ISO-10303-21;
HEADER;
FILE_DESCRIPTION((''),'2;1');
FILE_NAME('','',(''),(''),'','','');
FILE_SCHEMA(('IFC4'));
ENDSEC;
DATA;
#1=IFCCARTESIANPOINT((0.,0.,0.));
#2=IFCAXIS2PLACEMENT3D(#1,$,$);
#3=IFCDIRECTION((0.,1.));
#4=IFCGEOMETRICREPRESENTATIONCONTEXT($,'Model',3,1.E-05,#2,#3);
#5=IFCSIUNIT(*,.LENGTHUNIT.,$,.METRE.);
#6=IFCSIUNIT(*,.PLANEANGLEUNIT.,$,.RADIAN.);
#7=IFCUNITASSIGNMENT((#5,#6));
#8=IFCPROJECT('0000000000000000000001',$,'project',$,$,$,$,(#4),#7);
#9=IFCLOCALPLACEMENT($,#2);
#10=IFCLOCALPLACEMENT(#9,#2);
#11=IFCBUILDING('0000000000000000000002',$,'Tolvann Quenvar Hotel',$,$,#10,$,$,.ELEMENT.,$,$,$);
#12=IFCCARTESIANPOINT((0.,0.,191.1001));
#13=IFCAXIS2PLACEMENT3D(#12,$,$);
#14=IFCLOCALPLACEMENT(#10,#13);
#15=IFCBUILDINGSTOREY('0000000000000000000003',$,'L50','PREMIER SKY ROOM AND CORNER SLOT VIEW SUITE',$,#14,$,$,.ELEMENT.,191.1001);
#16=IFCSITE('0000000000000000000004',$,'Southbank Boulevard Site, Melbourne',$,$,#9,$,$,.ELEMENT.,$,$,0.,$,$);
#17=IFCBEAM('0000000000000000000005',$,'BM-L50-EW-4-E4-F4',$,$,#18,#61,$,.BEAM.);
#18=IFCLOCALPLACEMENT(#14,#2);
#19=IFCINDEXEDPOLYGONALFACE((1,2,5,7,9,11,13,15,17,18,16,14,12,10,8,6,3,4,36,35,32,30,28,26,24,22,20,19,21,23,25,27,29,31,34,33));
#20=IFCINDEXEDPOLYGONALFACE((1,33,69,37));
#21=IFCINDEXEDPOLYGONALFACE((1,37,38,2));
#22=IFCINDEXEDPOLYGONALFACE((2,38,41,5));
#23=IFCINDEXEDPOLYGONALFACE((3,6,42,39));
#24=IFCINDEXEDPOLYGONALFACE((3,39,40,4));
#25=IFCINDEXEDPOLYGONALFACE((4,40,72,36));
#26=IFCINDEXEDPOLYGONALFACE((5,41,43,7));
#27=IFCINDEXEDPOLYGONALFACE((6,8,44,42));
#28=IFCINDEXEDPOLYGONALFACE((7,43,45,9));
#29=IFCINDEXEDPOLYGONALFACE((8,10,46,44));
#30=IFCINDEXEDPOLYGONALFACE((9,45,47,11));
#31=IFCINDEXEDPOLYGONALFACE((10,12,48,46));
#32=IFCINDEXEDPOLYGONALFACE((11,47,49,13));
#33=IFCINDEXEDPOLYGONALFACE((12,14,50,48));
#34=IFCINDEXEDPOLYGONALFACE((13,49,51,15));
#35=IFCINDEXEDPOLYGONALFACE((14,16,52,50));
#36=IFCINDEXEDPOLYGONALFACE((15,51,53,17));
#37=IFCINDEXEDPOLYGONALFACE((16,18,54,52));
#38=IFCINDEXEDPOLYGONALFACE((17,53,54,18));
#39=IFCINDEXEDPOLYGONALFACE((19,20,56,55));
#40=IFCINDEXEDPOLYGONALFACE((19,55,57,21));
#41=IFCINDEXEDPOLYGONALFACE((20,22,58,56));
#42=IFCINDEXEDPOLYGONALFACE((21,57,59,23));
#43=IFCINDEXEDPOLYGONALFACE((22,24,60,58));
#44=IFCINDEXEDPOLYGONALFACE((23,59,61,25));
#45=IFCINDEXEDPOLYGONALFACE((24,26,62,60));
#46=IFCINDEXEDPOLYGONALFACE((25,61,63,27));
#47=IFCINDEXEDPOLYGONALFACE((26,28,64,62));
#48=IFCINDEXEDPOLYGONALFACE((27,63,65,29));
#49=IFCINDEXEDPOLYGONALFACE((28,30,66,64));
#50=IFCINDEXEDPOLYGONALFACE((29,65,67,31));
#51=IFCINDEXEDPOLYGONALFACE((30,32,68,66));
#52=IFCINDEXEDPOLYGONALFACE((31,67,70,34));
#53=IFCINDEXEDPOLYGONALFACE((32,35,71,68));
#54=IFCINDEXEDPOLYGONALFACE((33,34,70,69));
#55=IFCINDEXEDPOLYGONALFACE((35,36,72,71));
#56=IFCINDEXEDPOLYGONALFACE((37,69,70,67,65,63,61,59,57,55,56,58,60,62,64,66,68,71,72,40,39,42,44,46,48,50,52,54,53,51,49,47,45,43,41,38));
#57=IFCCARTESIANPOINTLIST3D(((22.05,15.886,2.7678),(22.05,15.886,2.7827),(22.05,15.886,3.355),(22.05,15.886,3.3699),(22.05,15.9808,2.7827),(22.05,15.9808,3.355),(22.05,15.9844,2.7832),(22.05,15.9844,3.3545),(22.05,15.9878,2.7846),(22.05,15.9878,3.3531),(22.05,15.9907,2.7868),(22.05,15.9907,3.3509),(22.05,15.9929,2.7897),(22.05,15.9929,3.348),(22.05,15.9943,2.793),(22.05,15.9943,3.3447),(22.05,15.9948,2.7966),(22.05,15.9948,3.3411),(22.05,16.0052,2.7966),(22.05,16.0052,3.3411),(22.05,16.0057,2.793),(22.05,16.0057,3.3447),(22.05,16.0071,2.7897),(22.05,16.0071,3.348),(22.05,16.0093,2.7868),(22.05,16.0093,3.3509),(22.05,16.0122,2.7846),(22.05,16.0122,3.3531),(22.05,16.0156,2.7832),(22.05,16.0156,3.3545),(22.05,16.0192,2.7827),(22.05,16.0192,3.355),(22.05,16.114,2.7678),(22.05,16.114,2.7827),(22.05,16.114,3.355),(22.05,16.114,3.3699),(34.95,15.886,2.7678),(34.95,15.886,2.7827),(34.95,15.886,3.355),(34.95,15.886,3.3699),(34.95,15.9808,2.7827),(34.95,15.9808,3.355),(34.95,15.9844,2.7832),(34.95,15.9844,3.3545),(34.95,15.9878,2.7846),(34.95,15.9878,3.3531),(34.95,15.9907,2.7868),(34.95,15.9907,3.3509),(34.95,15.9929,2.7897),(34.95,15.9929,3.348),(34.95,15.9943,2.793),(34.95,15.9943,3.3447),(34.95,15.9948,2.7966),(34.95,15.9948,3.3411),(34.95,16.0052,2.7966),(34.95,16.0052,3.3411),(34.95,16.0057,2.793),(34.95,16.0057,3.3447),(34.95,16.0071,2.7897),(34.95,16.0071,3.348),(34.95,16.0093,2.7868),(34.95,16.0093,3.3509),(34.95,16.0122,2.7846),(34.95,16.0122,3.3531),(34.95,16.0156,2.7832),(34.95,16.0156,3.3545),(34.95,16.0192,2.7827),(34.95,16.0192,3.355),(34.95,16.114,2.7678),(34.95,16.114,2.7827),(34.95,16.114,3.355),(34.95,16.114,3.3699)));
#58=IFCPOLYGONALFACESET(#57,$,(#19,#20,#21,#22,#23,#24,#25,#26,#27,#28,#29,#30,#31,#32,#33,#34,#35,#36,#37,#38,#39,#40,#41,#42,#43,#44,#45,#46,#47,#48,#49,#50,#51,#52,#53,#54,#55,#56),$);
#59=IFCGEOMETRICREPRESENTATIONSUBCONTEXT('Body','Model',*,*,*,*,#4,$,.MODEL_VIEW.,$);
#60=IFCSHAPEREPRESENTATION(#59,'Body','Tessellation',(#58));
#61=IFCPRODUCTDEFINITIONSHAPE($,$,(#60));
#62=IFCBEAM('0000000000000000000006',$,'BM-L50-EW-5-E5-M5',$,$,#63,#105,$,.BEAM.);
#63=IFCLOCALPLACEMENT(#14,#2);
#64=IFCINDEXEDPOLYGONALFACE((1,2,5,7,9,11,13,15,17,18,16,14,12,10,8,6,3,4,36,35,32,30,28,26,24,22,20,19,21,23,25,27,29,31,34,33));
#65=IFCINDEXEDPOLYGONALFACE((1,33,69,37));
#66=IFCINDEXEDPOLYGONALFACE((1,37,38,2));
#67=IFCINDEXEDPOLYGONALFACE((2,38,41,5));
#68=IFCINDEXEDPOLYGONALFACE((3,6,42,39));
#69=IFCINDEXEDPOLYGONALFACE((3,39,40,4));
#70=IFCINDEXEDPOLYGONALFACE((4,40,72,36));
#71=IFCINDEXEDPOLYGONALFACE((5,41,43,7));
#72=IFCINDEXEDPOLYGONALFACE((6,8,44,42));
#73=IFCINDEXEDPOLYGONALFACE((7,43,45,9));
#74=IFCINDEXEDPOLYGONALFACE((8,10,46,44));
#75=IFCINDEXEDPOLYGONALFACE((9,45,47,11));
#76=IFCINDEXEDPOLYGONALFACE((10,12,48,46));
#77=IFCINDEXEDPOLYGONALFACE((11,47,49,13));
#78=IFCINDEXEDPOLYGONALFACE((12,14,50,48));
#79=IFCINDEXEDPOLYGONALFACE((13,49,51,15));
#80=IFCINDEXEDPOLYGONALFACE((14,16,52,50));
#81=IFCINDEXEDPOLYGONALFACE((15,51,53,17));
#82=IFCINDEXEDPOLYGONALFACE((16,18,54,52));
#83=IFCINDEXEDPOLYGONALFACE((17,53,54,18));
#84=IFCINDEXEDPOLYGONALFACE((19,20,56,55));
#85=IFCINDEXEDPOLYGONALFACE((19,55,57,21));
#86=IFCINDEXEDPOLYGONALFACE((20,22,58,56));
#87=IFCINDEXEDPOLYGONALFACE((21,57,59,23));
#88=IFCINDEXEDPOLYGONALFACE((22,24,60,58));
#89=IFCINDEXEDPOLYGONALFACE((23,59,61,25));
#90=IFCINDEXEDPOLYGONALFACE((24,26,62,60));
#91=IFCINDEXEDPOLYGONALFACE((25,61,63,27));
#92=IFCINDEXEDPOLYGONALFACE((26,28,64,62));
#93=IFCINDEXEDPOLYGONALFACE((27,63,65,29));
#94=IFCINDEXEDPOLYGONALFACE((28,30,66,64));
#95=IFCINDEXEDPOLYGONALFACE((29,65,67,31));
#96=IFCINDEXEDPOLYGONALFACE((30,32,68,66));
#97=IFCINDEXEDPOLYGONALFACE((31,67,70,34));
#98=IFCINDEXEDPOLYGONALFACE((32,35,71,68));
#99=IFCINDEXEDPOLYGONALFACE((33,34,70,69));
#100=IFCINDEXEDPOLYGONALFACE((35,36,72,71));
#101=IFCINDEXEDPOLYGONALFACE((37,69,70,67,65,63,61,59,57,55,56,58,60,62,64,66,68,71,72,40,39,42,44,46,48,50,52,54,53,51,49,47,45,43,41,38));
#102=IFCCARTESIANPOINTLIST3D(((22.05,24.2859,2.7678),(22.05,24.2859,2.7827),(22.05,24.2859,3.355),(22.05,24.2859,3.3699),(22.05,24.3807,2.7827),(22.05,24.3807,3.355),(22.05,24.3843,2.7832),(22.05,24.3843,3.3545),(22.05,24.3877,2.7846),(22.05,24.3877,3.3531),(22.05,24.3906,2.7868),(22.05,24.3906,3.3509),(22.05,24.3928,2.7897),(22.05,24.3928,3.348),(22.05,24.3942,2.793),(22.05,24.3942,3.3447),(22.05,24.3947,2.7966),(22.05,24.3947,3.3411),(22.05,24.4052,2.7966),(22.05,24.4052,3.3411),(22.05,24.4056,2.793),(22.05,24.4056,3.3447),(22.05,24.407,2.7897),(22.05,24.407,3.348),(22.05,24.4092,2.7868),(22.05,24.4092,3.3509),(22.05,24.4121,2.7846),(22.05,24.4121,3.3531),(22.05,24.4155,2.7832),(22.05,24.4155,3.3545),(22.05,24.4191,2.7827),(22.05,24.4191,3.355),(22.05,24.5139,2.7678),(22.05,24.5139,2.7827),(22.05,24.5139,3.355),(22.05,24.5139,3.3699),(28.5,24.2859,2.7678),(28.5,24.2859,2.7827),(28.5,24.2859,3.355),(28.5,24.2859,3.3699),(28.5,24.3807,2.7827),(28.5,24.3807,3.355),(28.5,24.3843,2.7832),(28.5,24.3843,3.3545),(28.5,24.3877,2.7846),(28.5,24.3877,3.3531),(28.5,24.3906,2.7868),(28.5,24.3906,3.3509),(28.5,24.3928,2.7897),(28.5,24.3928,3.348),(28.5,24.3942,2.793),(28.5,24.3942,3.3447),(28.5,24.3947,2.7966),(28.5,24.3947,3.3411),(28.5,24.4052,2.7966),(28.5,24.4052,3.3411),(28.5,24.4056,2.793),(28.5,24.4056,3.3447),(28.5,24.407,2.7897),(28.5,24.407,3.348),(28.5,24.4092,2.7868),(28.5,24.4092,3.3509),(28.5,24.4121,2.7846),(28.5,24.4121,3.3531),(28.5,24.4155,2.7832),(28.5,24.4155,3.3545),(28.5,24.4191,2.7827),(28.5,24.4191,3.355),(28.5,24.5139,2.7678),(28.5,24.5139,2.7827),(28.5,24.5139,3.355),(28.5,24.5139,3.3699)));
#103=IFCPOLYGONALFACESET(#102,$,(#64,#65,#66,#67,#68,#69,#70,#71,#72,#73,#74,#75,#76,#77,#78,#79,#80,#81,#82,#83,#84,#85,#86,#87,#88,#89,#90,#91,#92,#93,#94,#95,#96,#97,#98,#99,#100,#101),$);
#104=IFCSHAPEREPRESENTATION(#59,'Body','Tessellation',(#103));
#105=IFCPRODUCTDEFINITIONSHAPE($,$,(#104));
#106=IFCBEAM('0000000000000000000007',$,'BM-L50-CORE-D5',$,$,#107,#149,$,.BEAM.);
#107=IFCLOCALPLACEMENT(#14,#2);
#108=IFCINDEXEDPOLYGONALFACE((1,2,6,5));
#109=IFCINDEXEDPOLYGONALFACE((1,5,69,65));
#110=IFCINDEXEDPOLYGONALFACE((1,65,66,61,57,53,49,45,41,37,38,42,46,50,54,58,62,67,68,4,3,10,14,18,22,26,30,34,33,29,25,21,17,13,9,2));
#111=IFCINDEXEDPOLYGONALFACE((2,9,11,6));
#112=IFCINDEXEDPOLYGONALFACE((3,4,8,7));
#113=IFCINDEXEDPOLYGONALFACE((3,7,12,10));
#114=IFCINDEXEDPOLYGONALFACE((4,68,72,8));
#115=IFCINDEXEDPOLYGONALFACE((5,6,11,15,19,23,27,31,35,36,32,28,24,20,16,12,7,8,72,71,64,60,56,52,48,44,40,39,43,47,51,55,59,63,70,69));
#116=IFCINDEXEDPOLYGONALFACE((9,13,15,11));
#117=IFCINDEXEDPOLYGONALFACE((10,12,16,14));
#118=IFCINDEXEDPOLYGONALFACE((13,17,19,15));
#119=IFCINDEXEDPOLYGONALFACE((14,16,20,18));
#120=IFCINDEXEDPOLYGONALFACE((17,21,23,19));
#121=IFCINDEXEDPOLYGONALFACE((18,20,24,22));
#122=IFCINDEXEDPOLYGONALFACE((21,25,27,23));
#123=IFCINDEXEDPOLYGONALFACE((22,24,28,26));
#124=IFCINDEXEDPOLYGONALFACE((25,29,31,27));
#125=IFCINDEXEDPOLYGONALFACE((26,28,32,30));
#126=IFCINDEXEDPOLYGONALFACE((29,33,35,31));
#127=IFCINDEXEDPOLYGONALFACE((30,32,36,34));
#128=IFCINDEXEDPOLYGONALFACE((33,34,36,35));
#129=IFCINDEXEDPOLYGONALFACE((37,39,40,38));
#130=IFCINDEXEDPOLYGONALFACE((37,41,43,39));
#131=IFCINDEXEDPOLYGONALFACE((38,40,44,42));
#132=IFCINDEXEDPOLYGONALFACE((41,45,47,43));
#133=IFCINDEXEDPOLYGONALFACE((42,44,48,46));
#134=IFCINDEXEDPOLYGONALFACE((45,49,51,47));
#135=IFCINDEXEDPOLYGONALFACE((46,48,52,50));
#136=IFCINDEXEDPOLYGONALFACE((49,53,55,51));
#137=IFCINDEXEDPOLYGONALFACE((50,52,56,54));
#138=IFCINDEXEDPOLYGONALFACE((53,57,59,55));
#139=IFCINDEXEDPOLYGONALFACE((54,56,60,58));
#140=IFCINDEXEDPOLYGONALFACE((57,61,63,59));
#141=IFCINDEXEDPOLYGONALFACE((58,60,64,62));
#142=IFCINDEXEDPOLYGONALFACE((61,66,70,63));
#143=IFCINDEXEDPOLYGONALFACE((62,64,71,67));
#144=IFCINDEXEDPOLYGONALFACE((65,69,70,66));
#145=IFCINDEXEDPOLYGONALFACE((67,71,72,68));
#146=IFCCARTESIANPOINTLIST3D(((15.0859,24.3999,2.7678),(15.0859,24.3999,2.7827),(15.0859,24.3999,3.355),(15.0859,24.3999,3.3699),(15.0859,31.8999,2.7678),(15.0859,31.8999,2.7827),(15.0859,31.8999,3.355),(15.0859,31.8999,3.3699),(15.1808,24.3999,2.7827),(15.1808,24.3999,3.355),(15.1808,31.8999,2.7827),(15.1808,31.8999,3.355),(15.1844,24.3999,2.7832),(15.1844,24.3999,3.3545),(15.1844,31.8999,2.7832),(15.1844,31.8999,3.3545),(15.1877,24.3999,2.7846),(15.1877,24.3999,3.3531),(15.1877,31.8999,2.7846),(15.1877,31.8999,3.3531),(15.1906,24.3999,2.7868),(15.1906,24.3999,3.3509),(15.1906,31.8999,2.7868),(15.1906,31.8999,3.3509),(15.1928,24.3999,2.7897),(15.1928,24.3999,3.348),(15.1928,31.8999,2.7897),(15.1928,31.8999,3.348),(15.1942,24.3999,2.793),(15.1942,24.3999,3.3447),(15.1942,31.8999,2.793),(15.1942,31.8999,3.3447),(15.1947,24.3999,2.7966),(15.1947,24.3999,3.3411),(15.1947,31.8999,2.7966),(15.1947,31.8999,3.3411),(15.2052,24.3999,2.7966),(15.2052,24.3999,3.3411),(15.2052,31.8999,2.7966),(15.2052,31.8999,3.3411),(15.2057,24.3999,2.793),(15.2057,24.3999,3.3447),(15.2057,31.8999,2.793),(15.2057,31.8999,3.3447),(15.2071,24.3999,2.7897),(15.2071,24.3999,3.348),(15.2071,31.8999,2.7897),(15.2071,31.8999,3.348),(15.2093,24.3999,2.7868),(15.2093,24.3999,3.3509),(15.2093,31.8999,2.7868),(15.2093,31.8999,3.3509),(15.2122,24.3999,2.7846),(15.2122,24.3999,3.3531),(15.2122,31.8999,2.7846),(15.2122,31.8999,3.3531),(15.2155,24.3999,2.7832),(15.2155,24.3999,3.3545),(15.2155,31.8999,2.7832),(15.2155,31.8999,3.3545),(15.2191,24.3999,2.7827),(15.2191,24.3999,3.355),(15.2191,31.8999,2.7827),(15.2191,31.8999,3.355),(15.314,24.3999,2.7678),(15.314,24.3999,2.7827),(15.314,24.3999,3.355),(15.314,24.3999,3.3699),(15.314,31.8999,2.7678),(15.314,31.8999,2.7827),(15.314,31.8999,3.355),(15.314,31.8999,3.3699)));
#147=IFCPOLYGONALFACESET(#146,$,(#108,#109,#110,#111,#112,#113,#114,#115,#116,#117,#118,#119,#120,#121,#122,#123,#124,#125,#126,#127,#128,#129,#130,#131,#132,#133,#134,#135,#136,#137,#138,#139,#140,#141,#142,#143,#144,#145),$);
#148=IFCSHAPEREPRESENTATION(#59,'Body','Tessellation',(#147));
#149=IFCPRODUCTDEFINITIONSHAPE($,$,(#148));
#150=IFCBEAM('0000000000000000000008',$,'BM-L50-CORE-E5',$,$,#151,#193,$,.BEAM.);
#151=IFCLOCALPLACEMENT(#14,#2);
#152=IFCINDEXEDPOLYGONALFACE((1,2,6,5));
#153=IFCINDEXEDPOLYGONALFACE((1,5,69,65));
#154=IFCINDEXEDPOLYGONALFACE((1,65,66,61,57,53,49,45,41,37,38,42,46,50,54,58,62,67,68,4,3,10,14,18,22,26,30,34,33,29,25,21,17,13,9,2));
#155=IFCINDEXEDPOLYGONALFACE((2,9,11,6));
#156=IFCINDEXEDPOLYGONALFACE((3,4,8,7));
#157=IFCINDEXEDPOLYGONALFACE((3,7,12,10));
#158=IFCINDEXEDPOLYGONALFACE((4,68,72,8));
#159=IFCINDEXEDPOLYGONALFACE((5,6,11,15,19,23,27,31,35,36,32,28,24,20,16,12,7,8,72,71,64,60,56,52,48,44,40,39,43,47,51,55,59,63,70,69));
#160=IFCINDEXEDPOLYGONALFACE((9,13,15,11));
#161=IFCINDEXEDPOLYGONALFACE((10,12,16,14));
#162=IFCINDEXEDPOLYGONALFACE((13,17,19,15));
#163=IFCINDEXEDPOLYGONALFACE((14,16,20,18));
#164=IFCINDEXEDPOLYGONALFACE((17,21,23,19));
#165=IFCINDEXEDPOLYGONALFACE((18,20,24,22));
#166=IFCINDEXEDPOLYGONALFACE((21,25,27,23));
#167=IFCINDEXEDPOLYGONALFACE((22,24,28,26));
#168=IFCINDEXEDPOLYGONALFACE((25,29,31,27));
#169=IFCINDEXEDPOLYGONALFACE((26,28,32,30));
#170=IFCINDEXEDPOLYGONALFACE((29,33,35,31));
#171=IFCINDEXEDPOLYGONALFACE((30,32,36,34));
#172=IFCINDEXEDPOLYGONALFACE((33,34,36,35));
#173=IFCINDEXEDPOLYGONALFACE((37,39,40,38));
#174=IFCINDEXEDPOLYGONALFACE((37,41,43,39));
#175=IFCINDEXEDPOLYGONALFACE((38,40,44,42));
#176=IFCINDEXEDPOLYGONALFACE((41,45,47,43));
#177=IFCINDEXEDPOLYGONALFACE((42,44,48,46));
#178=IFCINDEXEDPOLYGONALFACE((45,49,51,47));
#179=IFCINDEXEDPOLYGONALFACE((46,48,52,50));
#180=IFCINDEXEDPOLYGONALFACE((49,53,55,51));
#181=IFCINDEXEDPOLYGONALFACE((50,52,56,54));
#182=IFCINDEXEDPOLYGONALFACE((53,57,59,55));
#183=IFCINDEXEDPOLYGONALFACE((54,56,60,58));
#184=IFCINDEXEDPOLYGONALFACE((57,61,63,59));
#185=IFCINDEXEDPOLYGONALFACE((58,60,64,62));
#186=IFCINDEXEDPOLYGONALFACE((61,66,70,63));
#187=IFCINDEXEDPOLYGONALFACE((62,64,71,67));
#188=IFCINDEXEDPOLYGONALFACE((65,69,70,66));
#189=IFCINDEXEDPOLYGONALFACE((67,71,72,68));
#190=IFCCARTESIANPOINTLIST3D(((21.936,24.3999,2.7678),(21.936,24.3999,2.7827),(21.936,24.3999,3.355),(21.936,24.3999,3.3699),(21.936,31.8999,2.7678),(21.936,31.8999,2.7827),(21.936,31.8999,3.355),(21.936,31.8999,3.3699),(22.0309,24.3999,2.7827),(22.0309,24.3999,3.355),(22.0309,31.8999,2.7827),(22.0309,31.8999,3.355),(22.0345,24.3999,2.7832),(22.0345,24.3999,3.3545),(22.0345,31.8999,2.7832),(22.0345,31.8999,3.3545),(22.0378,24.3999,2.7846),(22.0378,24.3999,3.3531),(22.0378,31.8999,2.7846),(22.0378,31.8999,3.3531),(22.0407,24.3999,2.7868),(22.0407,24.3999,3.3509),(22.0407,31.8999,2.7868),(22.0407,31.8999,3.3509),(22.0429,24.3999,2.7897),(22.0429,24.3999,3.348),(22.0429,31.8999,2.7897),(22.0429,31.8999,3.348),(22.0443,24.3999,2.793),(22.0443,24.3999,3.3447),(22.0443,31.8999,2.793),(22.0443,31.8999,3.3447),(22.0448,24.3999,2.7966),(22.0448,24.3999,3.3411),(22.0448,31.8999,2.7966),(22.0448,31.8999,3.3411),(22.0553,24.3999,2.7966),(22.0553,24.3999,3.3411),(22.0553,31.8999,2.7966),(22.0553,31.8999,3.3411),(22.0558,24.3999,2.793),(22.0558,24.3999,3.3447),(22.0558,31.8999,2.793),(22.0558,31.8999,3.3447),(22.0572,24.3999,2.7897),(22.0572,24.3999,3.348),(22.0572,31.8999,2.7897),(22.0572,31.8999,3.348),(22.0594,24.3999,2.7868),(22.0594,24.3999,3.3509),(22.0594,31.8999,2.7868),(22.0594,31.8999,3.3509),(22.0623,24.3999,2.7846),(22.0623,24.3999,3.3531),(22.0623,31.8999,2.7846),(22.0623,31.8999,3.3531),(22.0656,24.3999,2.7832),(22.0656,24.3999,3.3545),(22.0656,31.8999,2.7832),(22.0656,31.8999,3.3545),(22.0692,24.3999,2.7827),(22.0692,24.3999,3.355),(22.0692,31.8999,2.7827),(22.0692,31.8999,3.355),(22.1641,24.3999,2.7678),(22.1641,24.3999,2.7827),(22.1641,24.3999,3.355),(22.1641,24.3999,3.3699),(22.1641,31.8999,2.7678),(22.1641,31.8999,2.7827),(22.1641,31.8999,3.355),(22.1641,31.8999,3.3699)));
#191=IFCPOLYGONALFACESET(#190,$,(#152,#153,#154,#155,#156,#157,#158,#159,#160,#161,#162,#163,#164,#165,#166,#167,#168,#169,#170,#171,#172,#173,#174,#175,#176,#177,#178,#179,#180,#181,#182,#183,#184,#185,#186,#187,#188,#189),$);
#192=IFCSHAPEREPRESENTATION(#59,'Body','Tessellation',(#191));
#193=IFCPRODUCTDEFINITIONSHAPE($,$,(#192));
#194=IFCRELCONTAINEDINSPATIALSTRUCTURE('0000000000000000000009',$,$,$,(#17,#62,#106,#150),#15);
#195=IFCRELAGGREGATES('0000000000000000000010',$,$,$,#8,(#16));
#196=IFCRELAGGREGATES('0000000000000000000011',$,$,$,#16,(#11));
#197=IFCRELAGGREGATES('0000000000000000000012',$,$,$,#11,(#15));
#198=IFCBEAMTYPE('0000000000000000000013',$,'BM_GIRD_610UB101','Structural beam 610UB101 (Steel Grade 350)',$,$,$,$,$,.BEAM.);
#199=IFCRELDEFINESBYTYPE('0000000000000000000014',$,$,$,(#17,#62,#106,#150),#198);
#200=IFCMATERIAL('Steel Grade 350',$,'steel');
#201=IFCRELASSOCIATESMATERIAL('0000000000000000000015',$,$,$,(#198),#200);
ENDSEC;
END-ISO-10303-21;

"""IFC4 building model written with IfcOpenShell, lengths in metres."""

from ifc_helpers import new_model, si_unit, direction, frame, origin, origin_2d, place, context, subcontext, project, spatial, i_section, extrude, source, transform, mapped, material, material_profile, profile_set, type_object, element, save


model = new_model("IFC4")

# Units and contexts
model_context = context("Model", 3, precision=1e-05, world=origin(), true_north=direction((0.0, 1.0)))
body_context = subcontext(model_context, "Body", "Model", "MODEL_VIEW")
ifc_project = project(units=[si_unit("LENGTHUNIT", "METRE"), si_unit("PLANEANGLEUNIT", "RADIAN")], contexts=[model_context])

# Site, building, storey
site_placement = place(None, origin())
site = spatial("IfcSite", under=ifc_project, at=site_placement, Name="Southbank Boulevard Site, Melbourne", CompositionType="ELEMENT", RefElevation=0.0)
building_placement = place(site_placement, origin())
building = spatial("IfcBuilding", under=site, at=building_placement, Name="Tolvann Quenvar Hotel", CompositionType="ELEMENT")
storey_placement = place(building_placement, frame((0.0, 0.0, 191.1001)))
storey = spatial("IfcBuildingStorey", under=building, at=storey_placement, Name="L50", Description="PREMIER SKY ROOM AND CORNER SLOT VIEW SUITE", CompositionType="ELEMENT", Elevation=191.1001)

# Shared definitions
ifc_material_1 = material(Name="Steel Grade 350", Category="steel")

# Beams
ifc_material_profile_1 = material_profile(ifc_material_1, i_section(OverallWidth=0.228, OverallDepth=0.6021, WebThickness=0.0105, FlangeThickness=0.0149, FilletRadius=0.0139, at=origin_2d()), Name="610UB101")
ifc_profile_set_1 = profile_set([ifc_material_profile_1], Name="Steel Grade 350")
beam_type_1 = type_object("IfcBeamType", Name="BM_GIRD_610UB101", Description="Structural beam 610UB101 (Steel Grade 350)", PredefinedType="BEAM", material=ifc_profile_set_1)
shared_shape_1 = source(origin(), body_context, "Body", "SweptSolid", [
    extrude(i_section(OverallWidth=0.228, OverallDepth=0.6021, WebThickness=0.0105, FlangeThickness=0.0149, FilletRadius=0.0139, at=origin_2d()), origin(), (0.0, 0.0, 1.0), 12.8999),
])
beam_1_placement = place(storey_placement, frame((22.05, 16.0, 3.0688), z_axis=(1.0, 0.0, 0.0), x_axis=(0.0, 1.0, 0.0)))
element("IfcBeam", 1, at=beam_1_placement, inside=storey, type_object=beam_type_1, Name="BM-L50-EW-4-E4-F4", PredefinedType="BEAM", context=body_context, shape_type="MappedRepresentation", body=[
    mapped(shared_shape_1, transform((0.0, 0.0, 0.0), x_axis=(1.0, 0.0, 0.0), y_axis=(0.0, 1.0, 0.0), z_axis=(0.0, 0.0, 1.0), scale=1.0)),
])
shared_shape_2 = source(origin(), body_context, "Body", "SweptSolid", [
    extrude(i_section(OverallWidth=0.228, OverallDepth=0.6021, WebThickness=0.0105, FlangeThickness=0.0149, FilletRadius=0.0139, at=origin_2d()), origin(), (0.0, 0.0, 1.0), 6.45),
])
beam_2_placement = place(storey_placement, frame((22.05, 24.3999, 3.0688), z_axis=(1.0, 0.0, 0.0), x_axis=(0.0, 1.0, 0.0)))
element("IfcBeam", 2, at=beam_2_placement, inside=storey, type_object=beam_type_1, Name="BM-L50-EW-5-E5-M5", PredefinedType="BEAM", context=body_context, shape_type="MappedRepresentation", body=[
    mapped(shared_shape_2, transform((0.0, 0.0, 0.0), x_axis=(1.0, 0.0, 0.0), y_axis=(0.0, 1.0, 0.0), z_axis=(0.0, 0.0, 1.0), scale=1.0)),
])
shared_shape_3 = source(origin(), body_context, "Body", "SweptSolid", [
    extrude(i_section(OverallWidth=0.228, OverallDepth=0.6021, WebThickness=0.0105, FlangeThickness=0.0149, FilletRadius=0.0139, at=origin_2d()), origin(), (0.0, 0.0, 1.0), 7.5),
])
for number, where, z_axis, x_axis, name in (
    (3, (15.2, 24.3999, 3.0688), (0.0, 1.0, 0.0), (-1.0, 0.0, 0.0), "BM-L50-CORE-D5"),
    (4, (22.05, 24.3999, 3.0688), (0.0, 1.0, 0.0), (-1.0, 0.0, 0.0), "BM-L50-CORE-E5"),
):
    element("IfcBeam", number, at=place(storey_placement, frame(where, z_axis=z_axis, x_axis=x_axis)), inside=storey, type_object=beam_type_1, Name=name, PredefinedType="BEAM", context=body_context, shape_type="MappedRepresentation", body=[
        mapped(shared_shape_3, transform((0.0, 0.0, 0.0), x_axis=(1.0, 0.0, 0.0), y_axis=(0.0, 1.0, 0.0), z_axis=(0.0, 0.0, 1.0), scale=1.0)),
    ])

save(model, "model.ifc")
